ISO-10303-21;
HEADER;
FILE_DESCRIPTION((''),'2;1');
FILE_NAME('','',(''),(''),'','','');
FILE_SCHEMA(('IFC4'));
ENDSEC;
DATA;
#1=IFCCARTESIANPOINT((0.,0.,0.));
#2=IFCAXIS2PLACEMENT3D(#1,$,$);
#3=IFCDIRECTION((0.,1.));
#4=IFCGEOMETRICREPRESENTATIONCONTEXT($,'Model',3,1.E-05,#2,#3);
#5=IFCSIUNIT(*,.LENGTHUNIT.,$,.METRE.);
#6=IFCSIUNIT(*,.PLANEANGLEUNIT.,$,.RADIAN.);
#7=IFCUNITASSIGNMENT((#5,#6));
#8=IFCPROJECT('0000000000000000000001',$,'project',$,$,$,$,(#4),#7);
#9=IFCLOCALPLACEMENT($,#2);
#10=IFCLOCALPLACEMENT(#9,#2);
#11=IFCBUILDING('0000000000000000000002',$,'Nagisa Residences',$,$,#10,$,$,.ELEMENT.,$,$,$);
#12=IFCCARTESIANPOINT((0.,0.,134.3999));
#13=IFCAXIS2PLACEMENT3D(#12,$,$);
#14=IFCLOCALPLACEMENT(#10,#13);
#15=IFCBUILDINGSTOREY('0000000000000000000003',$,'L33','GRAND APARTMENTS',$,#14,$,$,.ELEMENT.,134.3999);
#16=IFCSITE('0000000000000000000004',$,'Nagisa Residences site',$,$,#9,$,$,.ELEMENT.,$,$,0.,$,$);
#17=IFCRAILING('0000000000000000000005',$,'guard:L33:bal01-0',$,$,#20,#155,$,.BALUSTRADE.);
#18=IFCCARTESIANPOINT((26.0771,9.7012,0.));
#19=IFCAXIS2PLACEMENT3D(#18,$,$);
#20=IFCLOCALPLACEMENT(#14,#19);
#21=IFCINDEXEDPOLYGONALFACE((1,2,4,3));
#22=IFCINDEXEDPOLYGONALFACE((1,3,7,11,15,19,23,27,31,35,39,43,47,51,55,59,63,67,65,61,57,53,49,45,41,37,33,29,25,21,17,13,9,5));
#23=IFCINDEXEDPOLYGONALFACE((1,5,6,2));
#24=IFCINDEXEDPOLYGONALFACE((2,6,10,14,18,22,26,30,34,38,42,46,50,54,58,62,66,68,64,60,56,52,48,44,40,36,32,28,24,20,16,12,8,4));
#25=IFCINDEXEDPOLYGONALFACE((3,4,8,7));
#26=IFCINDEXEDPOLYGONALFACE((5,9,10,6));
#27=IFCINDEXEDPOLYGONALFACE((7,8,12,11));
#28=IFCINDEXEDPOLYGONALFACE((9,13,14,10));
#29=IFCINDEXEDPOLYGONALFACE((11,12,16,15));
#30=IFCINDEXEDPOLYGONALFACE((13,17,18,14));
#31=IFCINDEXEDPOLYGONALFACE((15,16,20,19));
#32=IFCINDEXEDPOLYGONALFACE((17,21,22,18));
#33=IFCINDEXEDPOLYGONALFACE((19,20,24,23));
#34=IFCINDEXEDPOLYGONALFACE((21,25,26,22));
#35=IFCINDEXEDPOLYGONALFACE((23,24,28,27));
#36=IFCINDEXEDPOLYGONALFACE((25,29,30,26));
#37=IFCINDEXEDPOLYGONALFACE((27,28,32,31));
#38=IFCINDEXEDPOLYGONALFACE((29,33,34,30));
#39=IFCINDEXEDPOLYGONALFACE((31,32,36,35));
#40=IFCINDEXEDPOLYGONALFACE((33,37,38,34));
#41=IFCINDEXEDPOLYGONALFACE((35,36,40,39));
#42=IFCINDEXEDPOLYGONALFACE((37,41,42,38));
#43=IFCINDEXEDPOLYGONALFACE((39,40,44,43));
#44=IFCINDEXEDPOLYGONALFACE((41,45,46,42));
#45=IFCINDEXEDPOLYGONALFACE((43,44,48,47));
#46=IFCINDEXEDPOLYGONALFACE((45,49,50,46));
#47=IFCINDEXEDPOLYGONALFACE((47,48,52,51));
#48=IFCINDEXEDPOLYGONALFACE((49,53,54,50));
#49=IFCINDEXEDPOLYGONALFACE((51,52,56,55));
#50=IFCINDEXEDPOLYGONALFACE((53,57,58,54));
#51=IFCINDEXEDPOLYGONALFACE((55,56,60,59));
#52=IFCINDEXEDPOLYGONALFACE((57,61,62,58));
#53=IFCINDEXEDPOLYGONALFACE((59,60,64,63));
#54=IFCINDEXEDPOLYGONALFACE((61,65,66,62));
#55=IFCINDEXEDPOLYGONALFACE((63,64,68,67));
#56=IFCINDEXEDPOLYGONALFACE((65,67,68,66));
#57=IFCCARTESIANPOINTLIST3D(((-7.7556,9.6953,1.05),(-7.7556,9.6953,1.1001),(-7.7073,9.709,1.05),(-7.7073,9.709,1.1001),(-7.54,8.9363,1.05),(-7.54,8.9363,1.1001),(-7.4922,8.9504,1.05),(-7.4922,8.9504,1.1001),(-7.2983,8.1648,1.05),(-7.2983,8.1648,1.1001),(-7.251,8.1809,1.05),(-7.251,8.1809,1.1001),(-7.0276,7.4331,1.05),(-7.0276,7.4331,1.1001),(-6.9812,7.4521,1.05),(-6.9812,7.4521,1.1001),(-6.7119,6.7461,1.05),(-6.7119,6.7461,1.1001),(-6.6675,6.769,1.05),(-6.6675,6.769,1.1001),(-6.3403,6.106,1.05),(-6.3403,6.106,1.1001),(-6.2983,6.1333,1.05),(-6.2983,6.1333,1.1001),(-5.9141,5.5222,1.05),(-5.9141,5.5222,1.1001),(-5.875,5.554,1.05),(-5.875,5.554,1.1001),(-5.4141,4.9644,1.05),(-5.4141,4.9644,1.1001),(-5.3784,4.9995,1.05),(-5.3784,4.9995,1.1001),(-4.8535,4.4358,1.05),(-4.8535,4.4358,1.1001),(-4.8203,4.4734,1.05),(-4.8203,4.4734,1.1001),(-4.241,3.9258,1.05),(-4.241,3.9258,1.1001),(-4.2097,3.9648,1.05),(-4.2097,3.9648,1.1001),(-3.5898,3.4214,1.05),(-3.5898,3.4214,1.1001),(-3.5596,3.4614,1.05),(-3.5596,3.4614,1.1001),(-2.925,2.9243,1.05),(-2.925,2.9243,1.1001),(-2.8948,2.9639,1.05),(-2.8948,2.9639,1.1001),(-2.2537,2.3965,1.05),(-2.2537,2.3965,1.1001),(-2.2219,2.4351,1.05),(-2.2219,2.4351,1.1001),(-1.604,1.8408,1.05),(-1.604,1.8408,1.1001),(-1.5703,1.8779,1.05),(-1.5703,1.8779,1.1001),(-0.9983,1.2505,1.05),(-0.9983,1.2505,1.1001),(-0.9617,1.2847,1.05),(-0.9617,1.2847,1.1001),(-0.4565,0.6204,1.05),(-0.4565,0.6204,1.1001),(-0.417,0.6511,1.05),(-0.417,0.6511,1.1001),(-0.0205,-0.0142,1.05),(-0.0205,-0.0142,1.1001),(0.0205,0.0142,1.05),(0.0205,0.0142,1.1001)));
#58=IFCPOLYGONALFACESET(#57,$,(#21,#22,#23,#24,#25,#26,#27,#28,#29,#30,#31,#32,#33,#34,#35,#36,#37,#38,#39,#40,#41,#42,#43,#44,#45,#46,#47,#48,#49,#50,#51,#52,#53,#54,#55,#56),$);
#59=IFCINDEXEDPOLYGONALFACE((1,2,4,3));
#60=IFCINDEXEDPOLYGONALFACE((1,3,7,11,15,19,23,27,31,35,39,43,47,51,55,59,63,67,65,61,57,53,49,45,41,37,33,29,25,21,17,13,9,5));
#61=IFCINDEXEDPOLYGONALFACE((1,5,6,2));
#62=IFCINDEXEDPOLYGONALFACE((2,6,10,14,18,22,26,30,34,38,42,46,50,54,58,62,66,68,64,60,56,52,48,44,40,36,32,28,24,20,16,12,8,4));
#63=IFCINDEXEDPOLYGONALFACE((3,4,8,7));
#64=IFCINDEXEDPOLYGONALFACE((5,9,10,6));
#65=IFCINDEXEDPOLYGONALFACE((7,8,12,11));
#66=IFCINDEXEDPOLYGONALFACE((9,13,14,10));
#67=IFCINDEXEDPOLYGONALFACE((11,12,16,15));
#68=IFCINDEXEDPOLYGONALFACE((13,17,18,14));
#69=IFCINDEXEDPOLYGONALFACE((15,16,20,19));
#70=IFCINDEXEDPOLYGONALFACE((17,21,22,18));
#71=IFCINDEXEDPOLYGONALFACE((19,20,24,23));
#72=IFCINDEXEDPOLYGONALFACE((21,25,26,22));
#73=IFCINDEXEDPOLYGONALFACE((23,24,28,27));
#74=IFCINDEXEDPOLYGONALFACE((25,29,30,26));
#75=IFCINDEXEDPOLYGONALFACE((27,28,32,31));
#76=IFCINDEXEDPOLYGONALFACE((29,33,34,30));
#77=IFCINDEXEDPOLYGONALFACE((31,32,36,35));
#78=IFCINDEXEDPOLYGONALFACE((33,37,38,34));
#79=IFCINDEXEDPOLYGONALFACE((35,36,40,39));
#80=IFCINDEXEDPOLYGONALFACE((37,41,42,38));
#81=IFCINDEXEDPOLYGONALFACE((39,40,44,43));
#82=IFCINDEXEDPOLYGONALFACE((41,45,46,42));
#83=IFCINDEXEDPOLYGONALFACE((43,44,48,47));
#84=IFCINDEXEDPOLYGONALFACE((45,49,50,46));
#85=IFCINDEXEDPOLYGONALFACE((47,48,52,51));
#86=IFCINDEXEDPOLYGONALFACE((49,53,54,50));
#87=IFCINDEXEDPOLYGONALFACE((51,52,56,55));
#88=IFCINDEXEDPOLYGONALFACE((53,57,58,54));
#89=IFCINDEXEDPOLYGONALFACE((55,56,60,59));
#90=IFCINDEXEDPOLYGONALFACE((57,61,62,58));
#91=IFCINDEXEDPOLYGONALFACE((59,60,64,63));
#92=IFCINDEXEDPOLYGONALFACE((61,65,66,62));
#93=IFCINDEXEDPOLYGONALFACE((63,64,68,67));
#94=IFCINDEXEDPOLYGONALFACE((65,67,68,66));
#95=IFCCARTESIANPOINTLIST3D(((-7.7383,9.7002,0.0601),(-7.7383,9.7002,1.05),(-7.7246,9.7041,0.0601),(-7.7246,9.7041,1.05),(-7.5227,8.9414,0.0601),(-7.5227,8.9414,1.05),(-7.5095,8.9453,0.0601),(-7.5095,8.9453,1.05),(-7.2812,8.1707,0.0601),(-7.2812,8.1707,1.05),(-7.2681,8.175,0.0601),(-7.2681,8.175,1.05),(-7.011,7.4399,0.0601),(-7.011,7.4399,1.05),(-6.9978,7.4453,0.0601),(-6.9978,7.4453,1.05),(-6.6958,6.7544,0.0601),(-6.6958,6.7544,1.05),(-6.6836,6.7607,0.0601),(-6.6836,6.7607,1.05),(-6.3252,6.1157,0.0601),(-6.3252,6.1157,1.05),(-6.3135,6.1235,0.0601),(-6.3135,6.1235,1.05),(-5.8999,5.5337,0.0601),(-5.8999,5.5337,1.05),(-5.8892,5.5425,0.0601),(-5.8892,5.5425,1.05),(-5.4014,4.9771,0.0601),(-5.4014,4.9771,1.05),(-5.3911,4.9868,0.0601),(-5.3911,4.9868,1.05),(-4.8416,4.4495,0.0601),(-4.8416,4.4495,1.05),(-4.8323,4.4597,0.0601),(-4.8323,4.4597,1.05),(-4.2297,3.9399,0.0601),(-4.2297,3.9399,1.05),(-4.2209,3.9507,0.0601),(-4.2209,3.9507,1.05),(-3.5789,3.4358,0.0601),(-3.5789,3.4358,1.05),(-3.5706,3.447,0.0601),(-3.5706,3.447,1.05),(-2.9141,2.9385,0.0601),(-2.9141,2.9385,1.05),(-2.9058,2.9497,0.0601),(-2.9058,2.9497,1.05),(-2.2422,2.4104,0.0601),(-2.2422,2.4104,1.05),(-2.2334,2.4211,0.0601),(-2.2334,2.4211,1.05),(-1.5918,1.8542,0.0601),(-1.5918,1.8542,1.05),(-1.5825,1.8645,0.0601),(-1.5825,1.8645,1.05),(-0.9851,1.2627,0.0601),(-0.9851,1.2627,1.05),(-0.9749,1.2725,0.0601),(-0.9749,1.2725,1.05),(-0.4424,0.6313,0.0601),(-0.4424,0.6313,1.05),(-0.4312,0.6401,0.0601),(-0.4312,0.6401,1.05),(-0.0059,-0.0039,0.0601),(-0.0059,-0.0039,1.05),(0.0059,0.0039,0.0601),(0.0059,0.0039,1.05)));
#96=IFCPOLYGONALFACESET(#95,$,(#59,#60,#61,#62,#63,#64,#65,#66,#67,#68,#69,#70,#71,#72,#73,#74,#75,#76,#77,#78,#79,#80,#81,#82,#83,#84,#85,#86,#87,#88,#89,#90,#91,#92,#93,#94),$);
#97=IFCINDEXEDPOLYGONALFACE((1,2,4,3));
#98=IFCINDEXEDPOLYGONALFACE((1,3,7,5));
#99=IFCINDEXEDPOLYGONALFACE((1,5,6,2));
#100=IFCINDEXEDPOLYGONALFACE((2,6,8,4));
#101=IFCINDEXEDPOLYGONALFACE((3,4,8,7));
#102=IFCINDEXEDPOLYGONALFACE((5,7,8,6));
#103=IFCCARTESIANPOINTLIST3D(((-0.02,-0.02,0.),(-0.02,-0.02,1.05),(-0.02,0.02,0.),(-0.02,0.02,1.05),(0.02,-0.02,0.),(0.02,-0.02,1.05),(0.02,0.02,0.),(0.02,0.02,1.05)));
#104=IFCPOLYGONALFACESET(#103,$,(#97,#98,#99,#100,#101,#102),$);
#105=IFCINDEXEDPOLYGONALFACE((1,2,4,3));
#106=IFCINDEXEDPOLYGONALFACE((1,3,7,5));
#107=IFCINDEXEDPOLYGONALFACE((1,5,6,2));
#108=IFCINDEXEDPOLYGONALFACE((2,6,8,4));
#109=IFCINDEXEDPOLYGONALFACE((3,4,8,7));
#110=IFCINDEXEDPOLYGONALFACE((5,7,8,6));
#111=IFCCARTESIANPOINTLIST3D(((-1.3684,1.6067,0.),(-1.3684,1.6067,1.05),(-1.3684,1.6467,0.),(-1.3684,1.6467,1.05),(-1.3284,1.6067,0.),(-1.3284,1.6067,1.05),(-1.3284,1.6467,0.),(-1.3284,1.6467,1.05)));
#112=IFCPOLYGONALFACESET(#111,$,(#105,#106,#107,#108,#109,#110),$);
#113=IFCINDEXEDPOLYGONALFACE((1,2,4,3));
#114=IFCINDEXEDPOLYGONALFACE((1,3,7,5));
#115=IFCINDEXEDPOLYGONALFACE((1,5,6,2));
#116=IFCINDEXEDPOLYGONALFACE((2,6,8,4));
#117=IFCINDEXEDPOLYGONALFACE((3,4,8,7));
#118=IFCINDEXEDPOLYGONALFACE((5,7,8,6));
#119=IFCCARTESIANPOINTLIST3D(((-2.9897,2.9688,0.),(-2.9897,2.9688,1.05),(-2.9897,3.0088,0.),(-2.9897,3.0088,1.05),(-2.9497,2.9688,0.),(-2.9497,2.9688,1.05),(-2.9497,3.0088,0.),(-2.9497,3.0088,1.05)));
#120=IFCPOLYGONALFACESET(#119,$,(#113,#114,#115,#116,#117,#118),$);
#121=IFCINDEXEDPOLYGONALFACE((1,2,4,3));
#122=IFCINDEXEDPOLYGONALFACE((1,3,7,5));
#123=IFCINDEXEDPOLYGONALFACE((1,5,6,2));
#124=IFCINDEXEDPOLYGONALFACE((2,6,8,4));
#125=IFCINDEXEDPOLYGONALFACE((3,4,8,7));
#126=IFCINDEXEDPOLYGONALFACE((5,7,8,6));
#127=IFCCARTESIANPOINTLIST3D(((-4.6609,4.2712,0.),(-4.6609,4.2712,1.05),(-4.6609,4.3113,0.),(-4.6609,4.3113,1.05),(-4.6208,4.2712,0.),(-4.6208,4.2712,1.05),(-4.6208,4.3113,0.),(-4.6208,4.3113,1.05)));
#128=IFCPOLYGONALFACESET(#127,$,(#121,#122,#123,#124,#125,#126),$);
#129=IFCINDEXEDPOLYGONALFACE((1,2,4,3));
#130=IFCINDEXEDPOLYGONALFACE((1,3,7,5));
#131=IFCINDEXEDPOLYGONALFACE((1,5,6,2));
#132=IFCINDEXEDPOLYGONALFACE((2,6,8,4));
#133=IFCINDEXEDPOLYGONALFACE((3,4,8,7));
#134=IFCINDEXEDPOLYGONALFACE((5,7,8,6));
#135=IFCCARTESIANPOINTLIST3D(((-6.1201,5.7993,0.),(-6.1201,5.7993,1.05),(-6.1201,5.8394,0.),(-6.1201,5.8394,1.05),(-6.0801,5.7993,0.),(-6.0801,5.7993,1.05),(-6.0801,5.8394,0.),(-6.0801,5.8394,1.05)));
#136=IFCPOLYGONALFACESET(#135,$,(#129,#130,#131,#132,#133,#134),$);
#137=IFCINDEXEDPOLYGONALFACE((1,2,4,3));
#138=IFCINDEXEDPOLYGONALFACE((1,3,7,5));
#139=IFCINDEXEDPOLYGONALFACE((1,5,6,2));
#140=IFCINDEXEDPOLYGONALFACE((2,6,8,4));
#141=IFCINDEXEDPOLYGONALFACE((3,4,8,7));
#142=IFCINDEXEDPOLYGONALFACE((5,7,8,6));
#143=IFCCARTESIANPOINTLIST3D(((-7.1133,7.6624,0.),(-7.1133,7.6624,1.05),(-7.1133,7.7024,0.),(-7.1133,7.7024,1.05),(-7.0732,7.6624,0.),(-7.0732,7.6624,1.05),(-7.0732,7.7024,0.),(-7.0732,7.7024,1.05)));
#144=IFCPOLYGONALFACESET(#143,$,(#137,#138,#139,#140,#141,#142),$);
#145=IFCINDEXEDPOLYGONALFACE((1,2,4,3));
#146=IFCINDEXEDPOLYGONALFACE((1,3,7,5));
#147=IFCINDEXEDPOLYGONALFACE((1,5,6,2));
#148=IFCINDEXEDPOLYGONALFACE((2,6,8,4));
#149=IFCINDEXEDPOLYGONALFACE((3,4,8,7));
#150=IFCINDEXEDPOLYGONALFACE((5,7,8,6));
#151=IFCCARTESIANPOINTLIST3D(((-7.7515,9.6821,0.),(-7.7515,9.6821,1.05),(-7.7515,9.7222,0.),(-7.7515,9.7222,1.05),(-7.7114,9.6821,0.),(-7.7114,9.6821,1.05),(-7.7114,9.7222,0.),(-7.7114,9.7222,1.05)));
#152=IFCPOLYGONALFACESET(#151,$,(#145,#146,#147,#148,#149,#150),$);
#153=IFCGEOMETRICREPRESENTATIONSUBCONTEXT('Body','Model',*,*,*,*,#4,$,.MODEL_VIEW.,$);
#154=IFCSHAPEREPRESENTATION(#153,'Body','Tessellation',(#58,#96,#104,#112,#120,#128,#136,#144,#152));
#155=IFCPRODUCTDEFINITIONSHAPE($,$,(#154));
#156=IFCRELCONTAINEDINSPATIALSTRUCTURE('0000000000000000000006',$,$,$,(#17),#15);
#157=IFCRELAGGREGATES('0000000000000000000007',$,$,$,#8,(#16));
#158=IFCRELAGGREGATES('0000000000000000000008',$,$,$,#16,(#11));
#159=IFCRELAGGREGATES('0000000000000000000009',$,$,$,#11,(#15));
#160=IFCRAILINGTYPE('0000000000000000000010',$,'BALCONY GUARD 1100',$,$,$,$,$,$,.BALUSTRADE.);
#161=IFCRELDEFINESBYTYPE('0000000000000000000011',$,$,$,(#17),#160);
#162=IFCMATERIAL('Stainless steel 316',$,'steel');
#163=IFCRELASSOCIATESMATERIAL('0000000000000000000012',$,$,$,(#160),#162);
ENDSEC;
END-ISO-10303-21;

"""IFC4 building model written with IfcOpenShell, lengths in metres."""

from ifc_helpers import new_model, si_unit, direction, frame, origin, origin_2d, place, context, subcontext, project, spatial, polyline, rectangle, outline, extrude, material, type_object, element, save


model = new_model("IFC4")

# Units and contexts
model_context = context("Model", 3, precision=1e-05, world=origin(), true_north=direction((0.0, 1.0)))
body_context = subcontext(model_context, "Body", "Model", "MODEL_VIEW")
ifc_project = project(units=[si_unit("LENGTHUNIT", "METRE"), si_unit("PLANEANGLEUNIT", "RADIAN")], contexts=[model_context])

# Site, building, storey
site_placement = place(None, origin())
site = spatial("IfcSite", under=ifc_project, at=site_placement, Name="Nagisa Residences site", CompositionType="ELEMENT", RefElevation=0.0)
building_placement = place(site_placement, origin())
building = spatial("IfcBuilding", under=site, at=building_placement, Name="Nagisa Residences", CompositionType="ELEMENT")
storey_placement = place(building_placement, frame((0.0, 0.0, 134.3999)))
storey = spatial("IfcBuildingStorey", under=building, at=storey_placement, Name="L33", Description="GRAND APARTMENTS", CompositionType="ELEMENT", Elevation=134.3999)

# Railing
ifc_material_1 = material(Name="Stainless steel 316", Category="steel")
railing_type_1 = type_object("IfcRailingType", Name="BALCONY GUARD 1100", PredefinedType="BALUSTRADE", material=ifc_material_1)
railing_1_placement = place(storey_placement, frame((26.0771, 9.7012, 0.0)))
element("IfcRailing", 1, at=railing_1_placement, inside=storey, type_object=railing_type_1, Name="guard:L33:bal01-0", PredefinedType="BALUSTRADE", context=body_context, shape_type="SweptSolid", body=[
    extrude(outline(polyline([(-0.4565, 0.6204), (-0.0205, -0.0142), (0.0205, 0.0142), (-0.417, 0.6511), (-0.9617, 1.2847), (-1.5703, 1.8779), (-2.2219, 2.4351), (-2.8948, 2.9639), (-3.5596, 3.4614), (-4.2097, 3.9648), (-4.8203, 4.4734), (-5.3784, 4.9995), (-5.875, 5.554), (-6.2983, 6.1333), (-6.6675, 6.769), (-6.9812, 7.4521), (-7.251, 8.1809), (-7.4922, 8.9504), (-7.7073, 9.709), (-7.7556, 9.6953), (-7.54, 8.9363), (-7.2983, 8.1648), (-7.0276, 7.4331), (-6.7119, 6.7461), (-6.3403, 6.106), (-5.9141, 5.5222), (-5.4141, 4.9644), (-4.8535, 4.4358), (-4.241, 3.9258), (-3.5898, 3.4214), (-2.925, 2.9243), (-2.2537, 2.3965), (-1.604, 1.8408), (-0.9983, 1.2505), (-0.4565, 0.6204)])), frame((0.0, 0.0, 1.05)), (0.0, 0.0, 1.0), 0.05),
    extrude(outline(polyline([(-0.4424, 0.6313), (-0.0059, -0.0039), (0.0059, 0.0039), (-0.4312, 0.6401), (-0.9749, 1.2725), (-1.5825, 1.8645), (-2.2334, 2.4211), (-2.9058, 2.9497), (-3.5706, 3.447), (-4.2209, 3.9507), (-4.8323, 4.4597), (-5.3911, 4.9868), (-5.8892, 5.5425), (-6.3135, 6.1235), (-6.6836, 6.7607), (-6.9978, 7.4453), (-7.2681, 8.175), (-7.5095, 8.9453), (-7.7246, 9.7041), (-7.7383, 9.7002), (-7.5227, 8.9414), (-7.2812, 8.1707), (-7.011, 7.4399), (-6.6958, 6.7544), (-6.3252, 6.1157), (-5.8999, 5.5337), (-5.4014, 4.9771), (-4.8416, 4.4495), (-4.2297, 3.9399), (-3.5789, 3.4358), (-2.9141, 2.9385), (-2.2422, 2.4104), (-1.5918, 1.8542), (-0.9851, 1.2627), (-0.4424, 0.6313)])), frame((0.0, 0.0, 0.0601)), (0.0, 0.0, 1.0), 0.99),
    extrude(rectangle(XDim=0.04, YDim=0.04, at=origin_2d()), origin(), (0.0, 0.0, 1.0), 1.05),
    extrude(rectangle(XDim=0.04, YDim=0.04, at=origin_2d()), frame((-1.3484, 1.6267, 0.0)), (0.0, 0.0, 1.0), 1.05),
    extrude(rectangle(XDim=0.04, YDim=0.04, at=origin_2d()), frame((-2.9697, 2.9888, 0.0)), (0.0, 0.0, 1.0), 1.05),
    extrude(rectangle(XDim=0.04, YDim=0.04, at=origin_2d()), frame((-4.6409, 4.2913, 0.0)), (0.0, 0.0, 1.0), 1.05),
    extrude(rectangle(XDim=0.04, YDim=0.04, at=origin_2d()), frame((-6.1001, 5.8193, 0.0)), (0.0, 0.0, 1.0), 1.05),
    extrude(rectangle(XDim=0.04, YDim=0.04, at=origin_2d()), frame((-7.0933, 7.6824, 0.0)), (0.0, 0.0, 1.0), 1.05),
    extrude(rectangle(XDim=0.04, YDim=0.04, at=origin_2d()), frame((-7.7314, 9.7021, 0.0)), (0.0, 0.0, 1.0), 1.05),
])

save(model, "model.ifc")
